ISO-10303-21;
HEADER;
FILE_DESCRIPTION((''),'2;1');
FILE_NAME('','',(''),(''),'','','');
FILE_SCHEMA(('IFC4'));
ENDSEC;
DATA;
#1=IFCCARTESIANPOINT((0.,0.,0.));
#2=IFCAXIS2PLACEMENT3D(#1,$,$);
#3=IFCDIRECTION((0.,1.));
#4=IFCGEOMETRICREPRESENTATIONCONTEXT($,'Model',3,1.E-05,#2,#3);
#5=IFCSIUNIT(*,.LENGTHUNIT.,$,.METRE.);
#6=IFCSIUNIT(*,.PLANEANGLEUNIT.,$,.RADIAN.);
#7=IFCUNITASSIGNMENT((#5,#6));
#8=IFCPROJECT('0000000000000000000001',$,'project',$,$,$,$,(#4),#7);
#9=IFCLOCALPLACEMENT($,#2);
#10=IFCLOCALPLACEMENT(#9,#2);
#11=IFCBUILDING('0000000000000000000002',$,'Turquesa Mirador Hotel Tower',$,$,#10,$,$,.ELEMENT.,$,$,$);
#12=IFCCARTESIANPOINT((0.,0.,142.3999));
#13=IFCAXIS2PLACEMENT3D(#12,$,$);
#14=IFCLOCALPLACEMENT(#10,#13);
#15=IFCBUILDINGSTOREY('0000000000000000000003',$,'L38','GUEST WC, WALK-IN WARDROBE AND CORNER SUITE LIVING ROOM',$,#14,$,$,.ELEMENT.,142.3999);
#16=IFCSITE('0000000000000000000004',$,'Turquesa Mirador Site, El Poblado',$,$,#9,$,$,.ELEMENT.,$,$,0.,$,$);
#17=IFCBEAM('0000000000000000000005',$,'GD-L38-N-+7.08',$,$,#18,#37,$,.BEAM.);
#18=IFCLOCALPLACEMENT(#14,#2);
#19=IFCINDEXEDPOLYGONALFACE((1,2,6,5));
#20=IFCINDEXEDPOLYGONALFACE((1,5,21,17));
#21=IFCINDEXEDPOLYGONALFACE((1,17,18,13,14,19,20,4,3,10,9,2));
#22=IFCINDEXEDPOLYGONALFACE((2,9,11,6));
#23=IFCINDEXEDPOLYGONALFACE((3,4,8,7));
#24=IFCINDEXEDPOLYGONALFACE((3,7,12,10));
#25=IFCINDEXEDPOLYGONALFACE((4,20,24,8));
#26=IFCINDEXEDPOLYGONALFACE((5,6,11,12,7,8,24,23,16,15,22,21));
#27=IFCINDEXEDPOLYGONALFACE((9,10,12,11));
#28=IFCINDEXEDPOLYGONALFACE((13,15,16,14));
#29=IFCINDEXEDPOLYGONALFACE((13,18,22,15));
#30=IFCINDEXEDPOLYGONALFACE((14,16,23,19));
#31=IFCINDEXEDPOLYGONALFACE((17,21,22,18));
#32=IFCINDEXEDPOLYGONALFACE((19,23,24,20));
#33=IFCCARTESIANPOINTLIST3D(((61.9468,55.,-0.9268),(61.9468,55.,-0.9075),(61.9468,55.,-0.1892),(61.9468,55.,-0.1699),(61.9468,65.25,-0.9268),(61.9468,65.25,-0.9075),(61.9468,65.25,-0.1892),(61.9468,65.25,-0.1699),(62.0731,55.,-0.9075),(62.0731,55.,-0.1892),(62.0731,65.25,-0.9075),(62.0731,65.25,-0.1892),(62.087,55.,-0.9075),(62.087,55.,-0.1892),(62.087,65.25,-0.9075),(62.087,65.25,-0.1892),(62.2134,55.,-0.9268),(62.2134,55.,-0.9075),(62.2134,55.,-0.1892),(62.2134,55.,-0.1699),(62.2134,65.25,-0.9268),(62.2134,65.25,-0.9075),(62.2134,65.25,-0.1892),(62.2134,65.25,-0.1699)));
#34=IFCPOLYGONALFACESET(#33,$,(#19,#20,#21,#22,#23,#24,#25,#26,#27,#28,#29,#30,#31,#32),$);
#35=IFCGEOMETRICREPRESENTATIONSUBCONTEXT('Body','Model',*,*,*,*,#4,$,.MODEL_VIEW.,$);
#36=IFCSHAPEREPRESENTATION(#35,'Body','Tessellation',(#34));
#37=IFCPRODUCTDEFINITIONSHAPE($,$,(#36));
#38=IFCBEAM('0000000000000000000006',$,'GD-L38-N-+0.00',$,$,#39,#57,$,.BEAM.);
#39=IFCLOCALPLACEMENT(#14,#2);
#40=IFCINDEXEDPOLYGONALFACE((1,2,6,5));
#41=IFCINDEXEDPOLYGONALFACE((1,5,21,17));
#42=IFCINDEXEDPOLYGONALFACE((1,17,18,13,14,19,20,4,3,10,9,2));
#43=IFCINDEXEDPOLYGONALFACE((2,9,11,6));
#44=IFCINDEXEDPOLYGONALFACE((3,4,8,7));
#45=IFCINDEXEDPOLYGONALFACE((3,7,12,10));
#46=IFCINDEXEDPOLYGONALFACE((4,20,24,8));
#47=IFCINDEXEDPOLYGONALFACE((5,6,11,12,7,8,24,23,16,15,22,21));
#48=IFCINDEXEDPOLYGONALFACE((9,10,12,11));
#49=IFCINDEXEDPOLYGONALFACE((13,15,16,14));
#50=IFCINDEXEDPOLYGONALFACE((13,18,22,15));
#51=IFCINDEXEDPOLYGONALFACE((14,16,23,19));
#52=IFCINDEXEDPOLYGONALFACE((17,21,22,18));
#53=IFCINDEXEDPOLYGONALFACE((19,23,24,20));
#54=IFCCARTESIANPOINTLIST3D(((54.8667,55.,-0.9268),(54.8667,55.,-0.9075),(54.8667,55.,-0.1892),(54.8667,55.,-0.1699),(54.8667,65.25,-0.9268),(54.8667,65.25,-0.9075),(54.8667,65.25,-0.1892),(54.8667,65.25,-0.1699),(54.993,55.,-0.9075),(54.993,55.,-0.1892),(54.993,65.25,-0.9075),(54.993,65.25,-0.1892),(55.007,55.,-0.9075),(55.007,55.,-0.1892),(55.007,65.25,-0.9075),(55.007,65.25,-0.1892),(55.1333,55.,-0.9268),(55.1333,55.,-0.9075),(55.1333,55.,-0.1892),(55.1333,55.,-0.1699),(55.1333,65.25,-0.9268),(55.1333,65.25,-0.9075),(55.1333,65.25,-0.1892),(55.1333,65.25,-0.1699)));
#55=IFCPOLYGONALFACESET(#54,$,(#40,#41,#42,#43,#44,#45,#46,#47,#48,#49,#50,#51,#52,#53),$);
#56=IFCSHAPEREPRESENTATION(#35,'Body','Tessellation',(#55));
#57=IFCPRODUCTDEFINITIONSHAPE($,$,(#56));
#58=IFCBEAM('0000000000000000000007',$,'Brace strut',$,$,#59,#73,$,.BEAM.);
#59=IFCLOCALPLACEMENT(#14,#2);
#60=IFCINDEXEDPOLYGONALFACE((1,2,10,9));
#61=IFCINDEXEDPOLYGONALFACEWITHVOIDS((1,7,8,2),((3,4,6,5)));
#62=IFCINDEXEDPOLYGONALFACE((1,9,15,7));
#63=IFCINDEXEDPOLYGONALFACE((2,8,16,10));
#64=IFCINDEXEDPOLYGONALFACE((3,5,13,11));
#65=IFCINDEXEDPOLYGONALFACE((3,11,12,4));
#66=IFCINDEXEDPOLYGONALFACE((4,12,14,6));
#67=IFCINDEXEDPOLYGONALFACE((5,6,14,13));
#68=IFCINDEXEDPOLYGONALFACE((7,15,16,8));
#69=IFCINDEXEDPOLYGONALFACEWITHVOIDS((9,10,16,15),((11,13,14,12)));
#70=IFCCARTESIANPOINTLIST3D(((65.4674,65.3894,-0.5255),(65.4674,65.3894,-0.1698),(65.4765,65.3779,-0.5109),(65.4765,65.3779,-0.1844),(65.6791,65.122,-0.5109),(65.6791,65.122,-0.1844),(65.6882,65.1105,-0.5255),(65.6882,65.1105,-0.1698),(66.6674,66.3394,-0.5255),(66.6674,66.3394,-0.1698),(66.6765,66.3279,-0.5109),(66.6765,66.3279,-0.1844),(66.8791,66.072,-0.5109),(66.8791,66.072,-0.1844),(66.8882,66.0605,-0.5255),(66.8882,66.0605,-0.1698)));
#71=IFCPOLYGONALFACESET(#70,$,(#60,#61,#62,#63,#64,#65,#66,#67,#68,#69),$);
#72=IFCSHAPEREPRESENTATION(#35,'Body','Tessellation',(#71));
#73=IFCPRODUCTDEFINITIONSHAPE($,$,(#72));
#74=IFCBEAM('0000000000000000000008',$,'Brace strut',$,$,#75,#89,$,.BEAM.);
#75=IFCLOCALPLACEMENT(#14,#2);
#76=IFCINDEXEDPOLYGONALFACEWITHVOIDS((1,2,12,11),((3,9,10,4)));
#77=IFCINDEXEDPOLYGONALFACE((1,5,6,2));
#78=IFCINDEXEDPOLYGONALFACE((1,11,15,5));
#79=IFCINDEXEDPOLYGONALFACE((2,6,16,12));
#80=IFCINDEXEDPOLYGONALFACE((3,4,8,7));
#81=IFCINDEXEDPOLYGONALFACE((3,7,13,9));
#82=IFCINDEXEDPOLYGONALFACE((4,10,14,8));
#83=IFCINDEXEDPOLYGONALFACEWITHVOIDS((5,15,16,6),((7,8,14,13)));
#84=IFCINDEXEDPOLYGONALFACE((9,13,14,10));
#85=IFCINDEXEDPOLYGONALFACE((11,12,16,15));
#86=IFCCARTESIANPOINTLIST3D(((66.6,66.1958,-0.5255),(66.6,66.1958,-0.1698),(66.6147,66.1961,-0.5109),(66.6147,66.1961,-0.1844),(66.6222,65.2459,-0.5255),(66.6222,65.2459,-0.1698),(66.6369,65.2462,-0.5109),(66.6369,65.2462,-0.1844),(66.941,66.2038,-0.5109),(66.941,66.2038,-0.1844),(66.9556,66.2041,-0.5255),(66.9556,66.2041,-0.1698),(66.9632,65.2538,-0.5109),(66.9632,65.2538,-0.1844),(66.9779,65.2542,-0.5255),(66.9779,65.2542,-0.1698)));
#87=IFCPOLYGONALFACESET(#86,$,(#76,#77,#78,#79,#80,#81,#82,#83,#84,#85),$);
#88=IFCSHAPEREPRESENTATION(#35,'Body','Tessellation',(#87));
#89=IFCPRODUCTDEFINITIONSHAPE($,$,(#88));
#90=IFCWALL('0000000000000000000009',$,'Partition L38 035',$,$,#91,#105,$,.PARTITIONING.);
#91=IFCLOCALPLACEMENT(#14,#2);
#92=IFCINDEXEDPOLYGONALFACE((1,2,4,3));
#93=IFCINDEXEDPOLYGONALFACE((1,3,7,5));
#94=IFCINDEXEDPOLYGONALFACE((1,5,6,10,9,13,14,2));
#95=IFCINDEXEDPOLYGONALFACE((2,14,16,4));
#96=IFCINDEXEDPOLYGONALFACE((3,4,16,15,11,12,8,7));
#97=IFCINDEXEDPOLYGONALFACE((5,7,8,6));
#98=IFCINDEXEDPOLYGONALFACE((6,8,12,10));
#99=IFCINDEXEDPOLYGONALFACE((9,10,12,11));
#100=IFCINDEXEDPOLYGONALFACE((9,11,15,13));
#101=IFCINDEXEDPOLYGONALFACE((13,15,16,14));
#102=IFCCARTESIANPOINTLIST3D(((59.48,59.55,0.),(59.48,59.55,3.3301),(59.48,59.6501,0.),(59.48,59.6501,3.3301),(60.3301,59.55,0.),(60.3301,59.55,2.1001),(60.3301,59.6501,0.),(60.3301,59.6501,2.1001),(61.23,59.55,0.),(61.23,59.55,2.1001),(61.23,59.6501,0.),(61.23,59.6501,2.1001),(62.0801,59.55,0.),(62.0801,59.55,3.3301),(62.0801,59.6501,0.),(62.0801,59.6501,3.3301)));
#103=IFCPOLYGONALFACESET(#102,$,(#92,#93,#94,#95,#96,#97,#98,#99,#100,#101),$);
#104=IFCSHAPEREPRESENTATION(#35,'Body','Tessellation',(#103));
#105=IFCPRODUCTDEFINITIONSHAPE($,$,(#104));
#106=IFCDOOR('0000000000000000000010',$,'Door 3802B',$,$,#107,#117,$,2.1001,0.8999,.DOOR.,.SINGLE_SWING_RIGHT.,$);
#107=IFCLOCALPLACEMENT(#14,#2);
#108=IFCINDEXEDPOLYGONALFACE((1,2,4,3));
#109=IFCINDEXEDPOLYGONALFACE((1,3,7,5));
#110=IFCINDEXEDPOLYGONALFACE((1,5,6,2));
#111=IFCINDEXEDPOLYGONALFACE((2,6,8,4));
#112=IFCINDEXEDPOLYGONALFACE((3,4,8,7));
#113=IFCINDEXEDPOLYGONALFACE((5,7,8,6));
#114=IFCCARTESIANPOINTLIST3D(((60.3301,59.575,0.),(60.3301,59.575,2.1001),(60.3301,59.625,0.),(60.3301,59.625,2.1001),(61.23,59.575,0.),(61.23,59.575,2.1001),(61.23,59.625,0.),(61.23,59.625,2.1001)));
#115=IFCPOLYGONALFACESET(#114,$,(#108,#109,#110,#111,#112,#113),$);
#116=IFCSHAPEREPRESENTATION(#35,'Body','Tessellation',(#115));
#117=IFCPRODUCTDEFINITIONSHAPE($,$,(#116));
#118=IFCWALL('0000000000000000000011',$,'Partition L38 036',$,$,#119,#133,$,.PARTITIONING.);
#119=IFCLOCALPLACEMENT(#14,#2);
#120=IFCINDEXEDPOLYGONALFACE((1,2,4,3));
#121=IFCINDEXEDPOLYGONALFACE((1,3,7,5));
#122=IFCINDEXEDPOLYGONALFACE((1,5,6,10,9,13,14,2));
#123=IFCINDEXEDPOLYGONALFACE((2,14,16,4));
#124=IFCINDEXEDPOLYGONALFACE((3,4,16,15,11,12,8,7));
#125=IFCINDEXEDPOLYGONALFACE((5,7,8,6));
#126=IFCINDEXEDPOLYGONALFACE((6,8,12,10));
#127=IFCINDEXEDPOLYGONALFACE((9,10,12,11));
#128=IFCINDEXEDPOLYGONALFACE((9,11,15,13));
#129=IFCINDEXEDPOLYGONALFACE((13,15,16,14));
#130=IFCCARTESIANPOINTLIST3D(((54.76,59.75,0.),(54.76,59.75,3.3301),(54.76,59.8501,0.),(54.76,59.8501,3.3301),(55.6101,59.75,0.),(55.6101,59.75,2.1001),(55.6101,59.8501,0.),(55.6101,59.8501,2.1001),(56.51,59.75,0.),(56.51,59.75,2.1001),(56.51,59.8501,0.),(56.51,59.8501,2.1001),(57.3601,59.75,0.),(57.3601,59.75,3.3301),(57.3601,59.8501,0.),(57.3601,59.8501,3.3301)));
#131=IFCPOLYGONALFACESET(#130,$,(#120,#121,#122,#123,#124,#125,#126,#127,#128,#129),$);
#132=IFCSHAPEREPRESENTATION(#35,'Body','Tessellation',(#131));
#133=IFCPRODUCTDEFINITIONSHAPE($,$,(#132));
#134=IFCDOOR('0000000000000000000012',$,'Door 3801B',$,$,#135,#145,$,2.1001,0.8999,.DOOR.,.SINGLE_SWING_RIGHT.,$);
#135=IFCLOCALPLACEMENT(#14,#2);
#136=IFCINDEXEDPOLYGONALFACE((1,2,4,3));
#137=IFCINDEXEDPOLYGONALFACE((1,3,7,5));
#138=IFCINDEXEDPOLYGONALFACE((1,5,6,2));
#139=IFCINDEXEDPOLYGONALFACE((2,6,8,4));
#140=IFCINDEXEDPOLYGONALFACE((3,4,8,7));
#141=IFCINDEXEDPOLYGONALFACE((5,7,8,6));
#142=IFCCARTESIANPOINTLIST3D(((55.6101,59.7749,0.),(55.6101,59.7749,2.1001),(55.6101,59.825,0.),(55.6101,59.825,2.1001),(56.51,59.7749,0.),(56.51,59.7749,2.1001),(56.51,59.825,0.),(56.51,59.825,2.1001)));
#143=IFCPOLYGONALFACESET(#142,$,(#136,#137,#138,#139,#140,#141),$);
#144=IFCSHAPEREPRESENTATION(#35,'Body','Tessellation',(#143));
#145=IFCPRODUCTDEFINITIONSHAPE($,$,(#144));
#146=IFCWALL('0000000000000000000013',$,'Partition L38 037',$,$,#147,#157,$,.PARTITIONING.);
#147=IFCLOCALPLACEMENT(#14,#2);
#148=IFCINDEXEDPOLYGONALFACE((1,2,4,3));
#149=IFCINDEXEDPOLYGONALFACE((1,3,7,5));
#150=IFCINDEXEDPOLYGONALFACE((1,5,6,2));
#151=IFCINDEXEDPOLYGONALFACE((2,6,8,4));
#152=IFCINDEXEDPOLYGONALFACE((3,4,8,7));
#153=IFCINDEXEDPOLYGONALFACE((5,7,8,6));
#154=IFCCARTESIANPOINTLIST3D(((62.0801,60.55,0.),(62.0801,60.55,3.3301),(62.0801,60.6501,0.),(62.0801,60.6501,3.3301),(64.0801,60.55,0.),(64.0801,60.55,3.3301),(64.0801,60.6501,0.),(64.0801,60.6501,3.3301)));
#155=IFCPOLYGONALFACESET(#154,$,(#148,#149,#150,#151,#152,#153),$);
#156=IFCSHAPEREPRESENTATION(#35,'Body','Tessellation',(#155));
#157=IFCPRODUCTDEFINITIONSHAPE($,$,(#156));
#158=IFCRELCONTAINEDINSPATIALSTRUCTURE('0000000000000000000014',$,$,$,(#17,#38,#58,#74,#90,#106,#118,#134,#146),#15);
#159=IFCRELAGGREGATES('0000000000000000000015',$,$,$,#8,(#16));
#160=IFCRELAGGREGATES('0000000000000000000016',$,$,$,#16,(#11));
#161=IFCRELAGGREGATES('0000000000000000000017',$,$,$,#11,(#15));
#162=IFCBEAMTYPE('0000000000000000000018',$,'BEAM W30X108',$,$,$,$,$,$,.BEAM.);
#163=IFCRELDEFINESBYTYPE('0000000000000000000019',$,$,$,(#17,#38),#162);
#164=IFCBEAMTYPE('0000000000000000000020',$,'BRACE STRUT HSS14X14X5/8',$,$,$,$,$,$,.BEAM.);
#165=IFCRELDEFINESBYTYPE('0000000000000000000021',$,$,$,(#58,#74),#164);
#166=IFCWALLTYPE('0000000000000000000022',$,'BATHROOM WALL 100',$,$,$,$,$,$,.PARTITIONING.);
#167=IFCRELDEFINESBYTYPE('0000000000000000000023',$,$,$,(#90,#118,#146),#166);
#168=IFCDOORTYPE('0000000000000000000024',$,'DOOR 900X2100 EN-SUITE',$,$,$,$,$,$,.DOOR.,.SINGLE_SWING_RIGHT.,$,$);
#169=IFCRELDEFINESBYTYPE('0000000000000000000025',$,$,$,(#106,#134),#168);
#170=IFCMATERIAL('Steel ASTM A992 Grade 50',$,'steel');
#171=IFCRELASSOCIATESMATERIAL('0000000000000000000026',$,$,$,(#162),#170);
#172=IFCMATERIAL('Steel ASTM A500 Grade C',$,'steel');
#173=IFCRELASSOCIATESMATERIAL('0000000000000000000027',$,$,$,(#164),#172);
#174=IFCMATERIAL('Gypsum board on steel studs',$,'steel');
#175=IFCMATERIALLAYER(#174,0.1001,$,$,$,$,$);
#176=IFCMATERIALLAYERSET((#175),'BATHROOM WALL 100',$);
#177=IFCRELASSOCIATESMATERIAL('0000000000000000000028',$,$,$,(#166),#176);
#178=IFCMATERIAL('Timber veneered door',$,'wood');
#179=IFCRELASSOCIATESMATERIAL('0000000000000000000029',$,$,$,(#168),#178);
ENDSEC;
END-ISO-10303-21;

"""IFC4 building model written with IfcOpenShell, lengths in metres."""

from ifc_helpers import new_model, si_unit, direction, frame, frame_2d, origin, origin_2d, place, context, subcontext, project, spatial, rectangle, hollow_rectangle, i_section, extrude, material, layer, layer_set, material_profile, profile_set, type_object, element, fill, save


model = new_model("IFC4")

# Units and contexts
model_context = context("Model", 3, precision=1e-05, world=origin(), true_north=direction((0.0, 1.0)))
body_context = subcontext(model_context, "Body", "Model", "MODEL_VIEW")
ifc_project = project(units=[si_unit("LENGTHUNIT", "METRE"), si_unit("PLANEANGLEUNIT", "RADIAN")], contexts=[model_context])

# Site, building, storey
site_placement = place(None, origin())
site = spatial("IfcSite", under=ifc_project, at=site_placement, Name="Turquesa Mirador Site, El Poblado", CompositionType="ELEMENT", RefElevation=0.0)
building_placement = place(site_placement, origin())
building = spatial("IfcBuilding", under=site, at=building_placement, Name="Turquesa Mirador Hotel Tower", CompositionType="ELEMENT")
storey_placement = place(building_placement, frame((0.0, 0.0, 142.3999)))
storey = spatial("IfcBuildingStorey", under=building, at=storey_placement, Name="L38", Description="GUEST WC, WALK-IN WARDROBE AND CORNER SUITE LIVING ROOM", CompositionType="ELEMENT", Elevation=142.3999)

# Beams
ifc_material_1 = material(Name="Steel ASTM A992 Grade 50", Category="steel")
ifc_material_profile_1 = material_profile(ifc_material_1, i_section(OverallWidth=0.2666, OverallDepth=0.7568, WebThickness=0.0139, FlangeThickness=0.0193, at=origin_2d()), Name="W30X108")
ifc_profile_set_1 = profile_set([ifc_material_profile_1], Name="Steel ASTM A992 Grade 50")
beam_type_1 = type_object("IfcBeamType", Name="BEAM W30X108", PredefinedType="BEAM", material=ifc_profile_set_1)
for number, where, z_axis, x_axis, name in (
    (1, (62.0801, 65.25, -0.5483), (0.0, -1.0, 0.0), (1.0, 0.0, 0.0), "GD-L38-N-+7.08"),
    (2, (55.0, 65.25, -0.5483), (0.0, -1.0, 0.0), (1.0, 0.0, 0.0), "GD-L38-N-+0.00"),
):
    element("IfcBeam", number, at=place(storey_placement, frame(where, z_axis=z_axis, x_axis=x_axis)), inside=storey, type_object=beam_type_1, Name=name, PredefinedType="BEAM", context=body_context, shape_type="SweptSolid", body=[
        extrude(i_section(OverallWidth=0.2666, OverallDepth=0.7568, WebThickness=0.0139, FlangeThickness=0.0193, at=origin_2d()), origin(), (0.0, 0.0, 1.0), 10.25),
    ])
ifc_material_2 = material(Name="Steel ASTM A500 Grade C", Category="steel")
ifc_material_profile_2 = material_profile(ifc_material_2, hollow_rectangle(XDim=0.3557, YDim=0.3557, WallThickness=0.0146, at=origin_2d()), Name="HSS14X14X5/8")
ifc_profile_set_2 = profile_set([ifc_material_profile_2], Name="Steel ASTM A500 Grade C")
beam_type_2 = type_object("IfcBeamType", Name="BRACE STRUT HSS14X14X5/8", PredefinedType="BEAM", material=ifc_profile_set_2)
beam_1_placement = place(storey_placement, frame((66.7778, 66.2, -0.3477), z_axis=(-0.784049, -0.620699, 0.0), x_axis=(0.620699, -0.784049, 0.0)))
element("IfcBeam", 3, at=beam_1_placement, inside=storey, type_object=beam_type_2, Name="Brace strut", PredefinedType="BEAM", context=body_context, shape_type="SweptSolid", body=[
    extrude(hollow_rectangle(XDim=0.3557, YDim=0.3557, WallThickness=0.0146, at=origin_2d()), origin(), (0.0, 0.0, 1.0), 1.5305),
])
beam_2_placement = place(storey_placement, frame((66.7778, 66.2, -0.3477), z_axis=(0.023381, -0.999727, 0.0), x_axis=(0.999727, 0.023381, 0.0)))
element("IfcBeam", 4, at=beam_2_placement, inside=storey, type_object=beam_type_2, Name="Brace strut", PredefinedType="BEAM", context=body_context, shape_type="SweptSolid", body=[
    extrude(hollow_rectangle(XDim=0.3557, YDim=0.3557, WallThickness=0.0146, at=origin_2d()), origin(), (0.0, 0.0, 1.0), 0.9502),
])

# Walls, openings, doors
ifc_material_3 = material(Name="Gypsum board on steel studs", Category="steel")
ifc_layer_1 = layer(ifc_material_3, 0.1001)
ifc_layer_set_1 = layer_set([ifc_layer_1], Name="BATHROOM WALL 100")
wall_type_1 = type_object("IfcWallType", Name="BATHROOM WALL 100", PredefinedType="PARTITIONING", material=ifc_layer_set_1)
wall_1_placement = place(storey_placement, frame((59.48, 59.6001, 0.0), z_axis=(0.0, 0.0, 1.0), x_axis=(1.0, 0.0, 0.0)))
wall_1 = element("IfcWall", 5, at=wall_1_placement, inside=storey, type_object=wall_type_1, Name="Partition L38 035", PredefinedType="PARTITIONING", context=body_context, shape_type="SweptSolid", body=[
    extrude(rectangle(XDim=2.6001, YDim=0.1001, at=frame_2d((1.3, 0.0))), origin(), (0.0, 0.0, 1.0), 3.3301),
])
opening_1_placement = place(wall_1_placement, frame((0.8501, 0.0, 0.0)))
opening_1 = element("IfcOpeningElement", 6, at=opening_1_placement, cuts=wall_1, PredefinedType="OPENING", context=body_context, shape_type="SweptSolid", body=[
    extrude(rectangle(XDim=0.8999, YDim=2.1001, at=frame_2d((0.45, 1.05))), frame((0.0, 0.0601, 0.0), z_axis=(0.0, -1.0, 0.0), x_axis=(1.0, 0.0, 0.0)), (0.0, 0.0, 1.0), 0.1201),
])
ifc_material_4 = material(Name="Timber veneered door", Category="wood")
door_type_1 = type_object("IfcDoorType", Name="DOOR 900X2100 EN-SUITE", OperationType="SINGLE_SWING_RIGHT", PredefinedType="DOOR", material=ifc_material_4)
door_1_placement = place(opening_1_placement, origin())
door_1 = element("IfcDoor", 7, at=door_1_placement, inside=storey, type_object=door_type_1, Name="Door 3802B", OperationType="SINGLE_SWING_RIGHT", OverallHeight=2.1001, OverallWidth=0.8999, PredefinedType="DOOR", context=body_context, shape_type="SweptSolid", body=[
    extrude(rectangle(XDim=0.8999, YDim=2.1001, at=frame_2d((0.45, 1.05))), frame((0.0, 0.0249, 0.0), z_axis=(0.0, -1.0, 0.0), x_axis=(1.0, 0.0, 0.0)), (0.0, 0.0, 1.0), 0.05),
])
fill(opening_1, door_1)
wall_2_placement = place(storey_placement, frame((54.76, 59.8, 0.0), z_axis=(0.0, 0.0, 1.0), x_axis=(1.0, 0.0, 0.0)))
wall_2 = element("IfcWall", 8, at=wall_2_placement, inside=storey, type_object=wall_type_1, Name="Partition L38 036", PredefinedType="PARTITIONING", context=body_context, shape_type="SweptSolid", body=[
    extrude(rectangle(XDim=2.6001, YDim=0.1001, at=frame_2d((1.3, 0.0))), origin(), (0.0, 0.0, 1.0), 3.3301),
])
opening_2_placement = place(wall_2_placement, frame((0.8501, 0.0, 0.0)))
opening_2 = element("IfcOpeningElement", 9, at=opening_2_placement, cuts=wall_2, PredefinedType="OPENING", context=body_context, shape_type="SweptSolid", body=[
    extrude(rectangle(XDim=0.8999, YDim=2.1001, at=frame_2d((0.45, 1.05))), frame((0.0, 0.0601, 0.0), z_axis=(0.0, -1.0, 0.0), x_axis=(1.0, 0.0, 0.0)), (0.0, 0.0, 1.0), 0.1201),
])
door_2_placement = place(opening_2_placement, origin())
door_2 = element("IfcDoor", 10, at=door_2_placement, inside=storey, type_object=door_type_1, Name="Door 3801B", OperationType="SINGLE_SWING_RIGHT", OverallHeight=2.1001, OverallWidth=0.8999, PredefinedType="DOOR", context=body_context, shape_type="SweptSolid", body=[
    extrude(rectangle(XDim=0.8999, YDim=2.1001, at=frame_2d((0.45, 1.05))), frame((0.0, 0.0249, 0.0), z_axis=(0.0, -1.0, 0.0), x_axis=(1.0, 0.0, 0.0)), (0.0, 0.0, 1.0), 0.05),
])
fill(opening_2, door_2)

# Wall
wall_3_placement = place(storey_placement, frame((62.0801, 60.6001, 0.0), z_axis=(0.0, 0.0, 1.0), x_axis=(1.0, 0.0, 0.0)))
element("IfcWall", 11, at=wall_3_placement, inside=storey, type_object=wall_type_1, Name="Partition L38 037", PredefinedType="PARTITIONING", context=body_context, shape_type="SweptSolid", body=[
    extrude(rectangle(XDim=2.0, YDim=0.1001, at=frame_2d((1.0, 0.0))), origin(), (0.0, 0.0, 1.0), 3.3301),
])

save(model, "model.ifc")
